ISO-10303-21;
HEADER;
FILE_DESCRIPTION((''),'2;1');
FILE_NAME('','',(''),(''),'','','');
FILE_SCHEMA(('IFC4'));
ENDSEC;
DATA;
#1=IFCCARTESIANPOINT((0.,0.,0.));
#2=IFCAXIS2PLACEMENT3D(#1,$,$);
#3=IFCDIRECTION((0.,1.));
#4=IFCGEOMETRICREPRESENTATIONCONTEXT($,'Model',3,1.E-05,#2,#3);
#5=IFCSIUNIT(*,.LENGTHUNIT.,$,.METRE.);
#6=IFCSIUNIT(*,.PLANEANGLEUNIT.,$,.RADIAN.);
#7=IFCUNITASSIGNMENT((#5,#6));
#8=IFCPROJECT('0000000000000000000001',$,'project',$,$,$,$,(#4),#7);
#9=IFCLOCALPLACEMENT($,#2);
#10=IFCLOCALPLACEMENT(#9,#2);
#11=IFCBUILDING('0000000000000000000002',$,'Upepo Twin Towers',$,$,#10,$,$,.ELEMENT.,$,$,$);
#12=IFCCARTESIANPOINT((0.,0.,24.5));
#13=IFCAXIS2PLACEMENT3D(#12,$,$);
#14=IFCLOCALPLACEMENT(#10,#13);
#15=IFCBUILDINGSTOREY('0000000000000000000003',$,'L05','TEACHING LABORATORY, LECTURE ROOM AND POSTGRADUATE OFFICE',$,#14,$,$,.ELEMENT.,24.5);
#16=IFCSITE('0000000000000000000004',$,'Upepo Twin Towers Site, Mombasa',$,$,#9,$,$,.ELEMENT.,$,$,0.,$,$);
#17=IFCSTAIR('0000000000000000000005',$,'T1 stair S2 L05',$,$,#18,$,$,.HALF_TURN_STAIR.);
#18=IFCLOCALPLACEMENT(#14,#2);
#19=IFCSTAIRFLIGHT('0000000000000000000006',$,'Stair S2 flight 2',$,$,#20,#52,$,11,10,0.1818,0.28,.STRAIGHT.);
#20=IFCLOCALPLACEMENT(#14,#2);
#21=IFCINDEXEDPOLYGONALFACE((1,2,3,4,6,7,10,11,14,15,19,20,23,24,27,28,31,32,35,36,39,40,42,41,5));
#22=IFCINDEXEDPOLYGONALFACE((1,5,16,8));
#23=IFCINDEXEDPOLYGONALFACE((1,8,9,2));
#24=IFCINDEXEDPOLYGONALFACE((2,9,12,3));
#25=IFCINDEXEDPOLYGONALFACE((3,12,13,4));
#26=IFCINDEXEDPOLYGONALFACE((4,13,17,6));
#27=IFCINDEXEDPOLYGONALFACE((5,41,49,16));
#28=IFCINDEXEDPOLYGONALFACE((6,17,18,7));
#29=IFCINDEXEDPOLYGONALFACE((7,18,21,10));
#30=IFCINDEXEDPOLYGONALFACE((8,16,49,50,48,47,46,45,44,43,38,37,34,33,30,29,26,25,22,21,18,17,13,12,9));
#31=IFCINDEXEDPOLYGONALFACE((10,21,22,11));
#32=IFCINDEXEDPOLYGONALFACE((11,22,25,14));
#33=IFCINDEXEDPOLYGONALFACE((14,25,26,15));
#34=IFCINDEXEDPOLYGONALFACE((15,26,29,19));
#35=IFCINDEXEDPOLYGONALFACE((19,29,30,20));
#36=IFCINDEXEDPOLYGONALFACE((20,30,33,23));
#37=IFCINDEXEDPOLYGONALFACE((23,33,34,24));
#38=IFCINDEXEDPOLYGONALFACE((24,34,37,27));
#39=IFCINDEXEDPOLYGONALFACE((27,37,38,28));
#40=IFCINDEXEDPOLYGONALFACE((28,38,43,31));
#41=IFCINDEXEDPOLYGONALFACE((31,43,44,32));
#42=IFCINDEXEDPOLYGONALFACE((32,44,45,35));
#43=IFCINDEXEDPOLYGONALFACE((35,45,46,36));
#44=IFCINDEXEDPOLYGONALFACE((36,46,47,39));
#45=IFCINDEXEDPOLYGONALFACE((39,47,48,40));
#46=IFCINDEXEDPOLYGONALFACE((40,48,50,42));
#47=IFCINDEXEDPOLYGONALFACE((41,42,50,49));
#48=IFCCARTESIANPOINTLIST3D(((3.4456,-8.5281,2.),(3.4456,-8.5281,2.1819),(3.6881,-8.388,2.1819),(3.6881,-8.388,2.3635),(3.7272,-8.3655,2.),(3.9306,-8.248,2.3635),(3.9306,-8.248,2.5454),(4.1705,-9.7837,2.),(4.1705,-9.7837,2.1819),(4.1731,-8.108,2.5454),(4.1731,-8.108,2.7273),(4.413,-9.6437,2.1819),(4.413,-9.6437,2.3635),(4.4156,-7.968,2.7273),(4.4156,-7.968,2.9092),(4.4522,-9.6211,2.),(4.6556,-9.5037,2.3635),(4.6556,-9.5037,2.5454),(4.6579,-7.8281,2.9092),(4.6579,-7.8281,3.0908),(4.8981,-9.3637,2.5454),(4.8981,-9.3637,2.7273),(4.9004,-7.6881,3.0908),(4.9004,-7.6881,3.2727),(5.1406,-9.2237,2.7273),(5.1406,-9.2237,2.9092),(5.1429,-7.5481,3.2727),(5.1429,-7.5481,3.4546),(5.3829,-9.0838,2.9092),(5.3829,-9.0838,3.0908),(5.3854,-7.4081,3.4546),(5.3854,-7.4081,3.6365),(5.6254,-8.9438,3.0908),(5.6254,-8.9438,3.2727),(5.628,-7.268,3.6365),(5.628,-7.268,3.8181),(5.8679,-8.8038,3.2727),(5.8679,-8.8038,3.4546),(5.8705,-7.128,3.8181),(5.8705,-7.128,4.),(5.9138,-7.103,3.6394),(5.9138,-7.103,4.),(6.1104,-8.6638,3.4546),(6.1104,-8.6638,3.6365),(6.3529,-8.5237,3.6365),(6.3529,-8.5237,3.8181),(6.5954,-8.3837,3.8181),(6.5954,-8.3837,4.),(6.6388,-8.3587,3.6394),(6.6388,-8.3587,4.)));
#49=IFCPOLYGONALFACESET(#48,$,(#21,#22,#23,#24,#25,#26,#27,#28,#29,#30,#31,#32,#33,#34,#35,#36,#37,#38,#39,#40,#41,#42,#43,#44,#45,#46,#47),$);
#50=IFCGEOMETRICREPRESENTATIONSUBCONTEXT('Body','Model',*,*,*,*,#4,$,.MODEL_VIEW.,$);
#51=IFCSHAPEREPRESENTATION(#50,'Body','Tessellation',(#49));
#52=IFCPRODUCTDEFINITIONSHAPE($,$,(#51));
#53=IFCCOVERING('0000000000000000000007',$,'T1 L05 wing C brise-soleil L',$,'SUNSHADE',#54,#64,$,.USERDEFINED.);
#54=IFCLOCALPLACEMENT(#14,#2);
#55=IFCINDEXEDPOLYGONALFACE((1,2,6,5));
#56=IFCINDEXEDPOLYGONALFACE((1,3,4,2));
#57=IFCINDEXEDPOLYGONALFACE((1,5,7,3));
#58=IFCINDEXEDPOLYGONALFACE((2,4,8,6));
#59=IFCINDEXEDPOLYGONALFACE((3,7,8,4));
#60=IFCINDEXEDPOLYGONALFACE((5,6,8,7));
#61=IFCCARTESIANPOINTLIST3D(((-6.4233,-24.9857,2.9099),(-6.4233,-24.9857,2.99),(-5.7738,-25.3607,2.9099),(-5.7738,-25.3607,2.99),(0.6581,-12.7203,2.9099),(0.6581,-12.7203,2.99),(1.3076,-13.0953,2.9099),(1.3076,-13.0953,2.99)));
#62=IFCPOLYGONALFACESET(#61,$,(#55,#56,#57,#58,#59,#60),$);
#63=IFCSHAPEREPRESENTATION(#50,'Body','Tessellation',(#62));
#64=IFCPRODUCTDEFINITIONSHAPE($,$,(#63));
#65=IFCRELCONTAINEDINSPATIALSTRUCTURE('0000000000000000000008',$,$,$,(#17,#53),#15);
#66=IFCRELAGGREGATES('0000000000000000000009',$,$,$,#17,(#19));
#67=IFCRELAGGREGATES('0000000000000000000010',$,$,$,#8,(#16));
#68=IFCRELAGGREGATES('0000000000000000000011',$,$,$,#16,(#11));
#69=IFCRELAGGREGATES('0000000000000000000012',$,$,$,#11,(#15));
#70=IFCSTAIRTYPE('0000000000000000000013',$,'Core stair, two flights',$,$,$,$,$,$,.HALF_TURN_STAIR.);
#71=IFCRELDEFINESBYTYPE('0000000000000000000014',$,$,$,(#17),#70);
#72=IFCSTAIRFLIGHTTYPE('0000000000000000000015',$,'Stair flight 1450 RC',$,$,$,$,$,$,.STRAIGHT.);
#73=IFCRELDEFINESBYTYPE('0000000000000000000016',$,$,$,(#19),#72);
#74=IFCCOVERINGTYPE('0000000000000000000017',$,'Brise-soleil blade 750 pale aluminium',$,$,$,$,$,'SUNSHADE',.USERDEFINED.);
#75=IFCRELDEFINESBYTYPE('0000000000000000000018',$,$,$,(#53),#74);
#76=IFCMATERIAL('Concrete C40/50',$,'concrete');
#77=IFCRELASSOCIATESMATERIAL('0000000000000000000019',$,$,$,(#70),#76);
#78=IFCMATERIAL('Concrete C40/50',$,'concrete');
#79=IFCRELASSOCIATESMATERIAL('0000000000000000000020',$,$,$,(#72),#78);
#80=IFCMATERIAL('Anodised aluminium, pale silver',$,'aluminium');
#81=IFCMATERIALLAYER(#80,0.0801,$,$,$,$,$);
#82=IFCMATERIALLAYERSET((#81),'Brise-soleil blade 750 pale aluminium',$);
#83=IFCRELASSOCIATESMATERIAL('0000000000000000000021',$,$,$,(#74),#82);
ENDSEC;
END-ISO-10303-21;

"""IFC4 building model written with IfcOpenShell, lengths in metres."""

from ifc_helpers import new_model, si_unit, direction, frame, origin, origin_2d, place, context, subcontext, project, spatial, polyline, rectangle, outline, extrude, material, layer, layer_set, type_object, element, aggregate, save


model = new_model("IFC4")

# Units and contexts
model_context = context("Model", 3, precision=1e-05, world=origin(), true_north=direction((0.0, 1.0)))
body_context = subcontext(model_context, "Body", "Model", "MODEL_VIEW")
ifc_project = project(units=[si_unit("LENGTHUNIT", "METRE"), si_unit("PLANEANGLEUNIT", "RADIAN")], contexts=[model_context])

# Site, building, storey
site_placement = place(None, origin())
site = spatial("IfcSite", under=ifc_project, at=site_placement, Name="Upepo Twin Towers Site, Mombasa", CompositionType="ELEMENT", RefElevation=0.0)
building_placement = place(site_placement, origin())
building = spatial("IfcBuilding", under=site, at=building_placement, Name="Upepo Twin Towers", CompositionType="ELEMENT")
storey_placement = place(building_placement, frame((0.0, 0.0, 24.5)))
storey = spatial("IfcBuildingStorey", under=building, at=storey_placement, Name="L05", Description="TEACHING LABORATORY, LECTURE ROOM AND POSTGRADUATE OFFICE", CompositionType="ELEMENT", Elevation=24.5)

# Stair, stair flight
ifc_material_1 = material(Name="Concrete C40/50", Category="concrete")
stair_type = type_object("IfcStairType", Name="Core stair, two flights", PredefinedType="HALF_TURN_STAIR", material=ifc_material_1)
stair_placement = place(storey_placement, origin())
stair = element("IfcStair", 1, at=stair_placement, inside=storey, type_object=stair_type, Name="T1 stair S2 L05", PredefinedType="HALF_TURN_STAIR")
ifc_material_2 = material(Name="Concrete C40/50", Category="concrete")
stair_flight_type = type_object("IfcStairFlightType", Name="Stair flight 1450 RC", PredefinedType="STRAIGHT", material=ifc_material_2)
stair_flight_placement = place(storey_placement, frame((3.8081, -9.156, 2.0), z_axis=(0.0, 0.0, 1.0), x_axis=(0.866025, 0.5, 0.0)))
stair_flight = element("IfcStairFlight", 2, at=stair_flight_placement, type_object=stair_flight_type, Name="Stair S2 flight 2", NumberOfRisers=11, NumberOfTreads=10, PredefinedType="STRAIGHT", RiserHeight=0.1818, TreadLength=0.28, context=body_context, shape_type="SweptSolid", body=[
    extrude(outline(polyline([(0.0, 0.0), (0.0, 0.1819), (0.28, 0.1819), (0.28, 0.3635), (0.5601, 0.3635), (0.5601, 0.5454), (0.8401, 0.5454), (0.8401, 0.7273), (1.1201, 0.7273), (1.1201, 0.9092), (1.3999, 0.9092), (1.3999, 1.0908), (1.6799, 1.0908), (1.6799, 1.2727), (1.96, 1.2727), (1.96, 1.4546), (2.24, 1.4546), (2.24, 1.6365), (2.52, 1.6365), (2.52, 1.8181), (2.8, 1.8181), (2.8, 2.0), (2.8501, 2.0), (2.8501, 1.6394), (0.3252, 0.0), (0.0, 0.0)])), frame((0.0, 0.7251, 0.0), z_axis=(0.0, -1.0, 0.0), x_axis=(1.0, 0.0, 0.0)), (0.0, 0.0, 1.0), 1.45),
])
aggregate(stair, [stair_flight])

# Covering
ifc_material_3 = material(Name="Anodised aluminium, pale silver", Category="aluminium")
ifc_layer_1 = layer(ifc_material_3, 0.0801)
ifc_layer_set_1 = layer_set([ifc_layer_1], Name="Brise-soleil blade 750 pale aluminium")
covering_type = type_object("IfcCoveringType", Name="Brise-soleil blade 750 pale aluminium", ElementType="SUNSHADE", PredefinedType="USERDEFINED", material=ifc_layer_set_1)
covering_placement = place(storey_placement, frame((-2.5579, -19.0405, 2.9099), z_axis=(0.0, 0.0, 1.0), x_axis=(-0.5, -0.866025, 0.0)))
element("IfcCovering", 3, at=covering_placement, inside=storey, type_object=covering_type, Name="T1 L05 wing C brise-soleil L", ObjectType="SUNSHADE", PredefinedType="USERDEFINED", context=body_context, shape_type="SweptSolid", body=[
    extrude(rectangle(XDim=14.1628, YDim=0.75, at=origin_2d()), origin(), (0.0, 0.0, 1.0), 0.0801),
])

save(model, "model.ifc")
